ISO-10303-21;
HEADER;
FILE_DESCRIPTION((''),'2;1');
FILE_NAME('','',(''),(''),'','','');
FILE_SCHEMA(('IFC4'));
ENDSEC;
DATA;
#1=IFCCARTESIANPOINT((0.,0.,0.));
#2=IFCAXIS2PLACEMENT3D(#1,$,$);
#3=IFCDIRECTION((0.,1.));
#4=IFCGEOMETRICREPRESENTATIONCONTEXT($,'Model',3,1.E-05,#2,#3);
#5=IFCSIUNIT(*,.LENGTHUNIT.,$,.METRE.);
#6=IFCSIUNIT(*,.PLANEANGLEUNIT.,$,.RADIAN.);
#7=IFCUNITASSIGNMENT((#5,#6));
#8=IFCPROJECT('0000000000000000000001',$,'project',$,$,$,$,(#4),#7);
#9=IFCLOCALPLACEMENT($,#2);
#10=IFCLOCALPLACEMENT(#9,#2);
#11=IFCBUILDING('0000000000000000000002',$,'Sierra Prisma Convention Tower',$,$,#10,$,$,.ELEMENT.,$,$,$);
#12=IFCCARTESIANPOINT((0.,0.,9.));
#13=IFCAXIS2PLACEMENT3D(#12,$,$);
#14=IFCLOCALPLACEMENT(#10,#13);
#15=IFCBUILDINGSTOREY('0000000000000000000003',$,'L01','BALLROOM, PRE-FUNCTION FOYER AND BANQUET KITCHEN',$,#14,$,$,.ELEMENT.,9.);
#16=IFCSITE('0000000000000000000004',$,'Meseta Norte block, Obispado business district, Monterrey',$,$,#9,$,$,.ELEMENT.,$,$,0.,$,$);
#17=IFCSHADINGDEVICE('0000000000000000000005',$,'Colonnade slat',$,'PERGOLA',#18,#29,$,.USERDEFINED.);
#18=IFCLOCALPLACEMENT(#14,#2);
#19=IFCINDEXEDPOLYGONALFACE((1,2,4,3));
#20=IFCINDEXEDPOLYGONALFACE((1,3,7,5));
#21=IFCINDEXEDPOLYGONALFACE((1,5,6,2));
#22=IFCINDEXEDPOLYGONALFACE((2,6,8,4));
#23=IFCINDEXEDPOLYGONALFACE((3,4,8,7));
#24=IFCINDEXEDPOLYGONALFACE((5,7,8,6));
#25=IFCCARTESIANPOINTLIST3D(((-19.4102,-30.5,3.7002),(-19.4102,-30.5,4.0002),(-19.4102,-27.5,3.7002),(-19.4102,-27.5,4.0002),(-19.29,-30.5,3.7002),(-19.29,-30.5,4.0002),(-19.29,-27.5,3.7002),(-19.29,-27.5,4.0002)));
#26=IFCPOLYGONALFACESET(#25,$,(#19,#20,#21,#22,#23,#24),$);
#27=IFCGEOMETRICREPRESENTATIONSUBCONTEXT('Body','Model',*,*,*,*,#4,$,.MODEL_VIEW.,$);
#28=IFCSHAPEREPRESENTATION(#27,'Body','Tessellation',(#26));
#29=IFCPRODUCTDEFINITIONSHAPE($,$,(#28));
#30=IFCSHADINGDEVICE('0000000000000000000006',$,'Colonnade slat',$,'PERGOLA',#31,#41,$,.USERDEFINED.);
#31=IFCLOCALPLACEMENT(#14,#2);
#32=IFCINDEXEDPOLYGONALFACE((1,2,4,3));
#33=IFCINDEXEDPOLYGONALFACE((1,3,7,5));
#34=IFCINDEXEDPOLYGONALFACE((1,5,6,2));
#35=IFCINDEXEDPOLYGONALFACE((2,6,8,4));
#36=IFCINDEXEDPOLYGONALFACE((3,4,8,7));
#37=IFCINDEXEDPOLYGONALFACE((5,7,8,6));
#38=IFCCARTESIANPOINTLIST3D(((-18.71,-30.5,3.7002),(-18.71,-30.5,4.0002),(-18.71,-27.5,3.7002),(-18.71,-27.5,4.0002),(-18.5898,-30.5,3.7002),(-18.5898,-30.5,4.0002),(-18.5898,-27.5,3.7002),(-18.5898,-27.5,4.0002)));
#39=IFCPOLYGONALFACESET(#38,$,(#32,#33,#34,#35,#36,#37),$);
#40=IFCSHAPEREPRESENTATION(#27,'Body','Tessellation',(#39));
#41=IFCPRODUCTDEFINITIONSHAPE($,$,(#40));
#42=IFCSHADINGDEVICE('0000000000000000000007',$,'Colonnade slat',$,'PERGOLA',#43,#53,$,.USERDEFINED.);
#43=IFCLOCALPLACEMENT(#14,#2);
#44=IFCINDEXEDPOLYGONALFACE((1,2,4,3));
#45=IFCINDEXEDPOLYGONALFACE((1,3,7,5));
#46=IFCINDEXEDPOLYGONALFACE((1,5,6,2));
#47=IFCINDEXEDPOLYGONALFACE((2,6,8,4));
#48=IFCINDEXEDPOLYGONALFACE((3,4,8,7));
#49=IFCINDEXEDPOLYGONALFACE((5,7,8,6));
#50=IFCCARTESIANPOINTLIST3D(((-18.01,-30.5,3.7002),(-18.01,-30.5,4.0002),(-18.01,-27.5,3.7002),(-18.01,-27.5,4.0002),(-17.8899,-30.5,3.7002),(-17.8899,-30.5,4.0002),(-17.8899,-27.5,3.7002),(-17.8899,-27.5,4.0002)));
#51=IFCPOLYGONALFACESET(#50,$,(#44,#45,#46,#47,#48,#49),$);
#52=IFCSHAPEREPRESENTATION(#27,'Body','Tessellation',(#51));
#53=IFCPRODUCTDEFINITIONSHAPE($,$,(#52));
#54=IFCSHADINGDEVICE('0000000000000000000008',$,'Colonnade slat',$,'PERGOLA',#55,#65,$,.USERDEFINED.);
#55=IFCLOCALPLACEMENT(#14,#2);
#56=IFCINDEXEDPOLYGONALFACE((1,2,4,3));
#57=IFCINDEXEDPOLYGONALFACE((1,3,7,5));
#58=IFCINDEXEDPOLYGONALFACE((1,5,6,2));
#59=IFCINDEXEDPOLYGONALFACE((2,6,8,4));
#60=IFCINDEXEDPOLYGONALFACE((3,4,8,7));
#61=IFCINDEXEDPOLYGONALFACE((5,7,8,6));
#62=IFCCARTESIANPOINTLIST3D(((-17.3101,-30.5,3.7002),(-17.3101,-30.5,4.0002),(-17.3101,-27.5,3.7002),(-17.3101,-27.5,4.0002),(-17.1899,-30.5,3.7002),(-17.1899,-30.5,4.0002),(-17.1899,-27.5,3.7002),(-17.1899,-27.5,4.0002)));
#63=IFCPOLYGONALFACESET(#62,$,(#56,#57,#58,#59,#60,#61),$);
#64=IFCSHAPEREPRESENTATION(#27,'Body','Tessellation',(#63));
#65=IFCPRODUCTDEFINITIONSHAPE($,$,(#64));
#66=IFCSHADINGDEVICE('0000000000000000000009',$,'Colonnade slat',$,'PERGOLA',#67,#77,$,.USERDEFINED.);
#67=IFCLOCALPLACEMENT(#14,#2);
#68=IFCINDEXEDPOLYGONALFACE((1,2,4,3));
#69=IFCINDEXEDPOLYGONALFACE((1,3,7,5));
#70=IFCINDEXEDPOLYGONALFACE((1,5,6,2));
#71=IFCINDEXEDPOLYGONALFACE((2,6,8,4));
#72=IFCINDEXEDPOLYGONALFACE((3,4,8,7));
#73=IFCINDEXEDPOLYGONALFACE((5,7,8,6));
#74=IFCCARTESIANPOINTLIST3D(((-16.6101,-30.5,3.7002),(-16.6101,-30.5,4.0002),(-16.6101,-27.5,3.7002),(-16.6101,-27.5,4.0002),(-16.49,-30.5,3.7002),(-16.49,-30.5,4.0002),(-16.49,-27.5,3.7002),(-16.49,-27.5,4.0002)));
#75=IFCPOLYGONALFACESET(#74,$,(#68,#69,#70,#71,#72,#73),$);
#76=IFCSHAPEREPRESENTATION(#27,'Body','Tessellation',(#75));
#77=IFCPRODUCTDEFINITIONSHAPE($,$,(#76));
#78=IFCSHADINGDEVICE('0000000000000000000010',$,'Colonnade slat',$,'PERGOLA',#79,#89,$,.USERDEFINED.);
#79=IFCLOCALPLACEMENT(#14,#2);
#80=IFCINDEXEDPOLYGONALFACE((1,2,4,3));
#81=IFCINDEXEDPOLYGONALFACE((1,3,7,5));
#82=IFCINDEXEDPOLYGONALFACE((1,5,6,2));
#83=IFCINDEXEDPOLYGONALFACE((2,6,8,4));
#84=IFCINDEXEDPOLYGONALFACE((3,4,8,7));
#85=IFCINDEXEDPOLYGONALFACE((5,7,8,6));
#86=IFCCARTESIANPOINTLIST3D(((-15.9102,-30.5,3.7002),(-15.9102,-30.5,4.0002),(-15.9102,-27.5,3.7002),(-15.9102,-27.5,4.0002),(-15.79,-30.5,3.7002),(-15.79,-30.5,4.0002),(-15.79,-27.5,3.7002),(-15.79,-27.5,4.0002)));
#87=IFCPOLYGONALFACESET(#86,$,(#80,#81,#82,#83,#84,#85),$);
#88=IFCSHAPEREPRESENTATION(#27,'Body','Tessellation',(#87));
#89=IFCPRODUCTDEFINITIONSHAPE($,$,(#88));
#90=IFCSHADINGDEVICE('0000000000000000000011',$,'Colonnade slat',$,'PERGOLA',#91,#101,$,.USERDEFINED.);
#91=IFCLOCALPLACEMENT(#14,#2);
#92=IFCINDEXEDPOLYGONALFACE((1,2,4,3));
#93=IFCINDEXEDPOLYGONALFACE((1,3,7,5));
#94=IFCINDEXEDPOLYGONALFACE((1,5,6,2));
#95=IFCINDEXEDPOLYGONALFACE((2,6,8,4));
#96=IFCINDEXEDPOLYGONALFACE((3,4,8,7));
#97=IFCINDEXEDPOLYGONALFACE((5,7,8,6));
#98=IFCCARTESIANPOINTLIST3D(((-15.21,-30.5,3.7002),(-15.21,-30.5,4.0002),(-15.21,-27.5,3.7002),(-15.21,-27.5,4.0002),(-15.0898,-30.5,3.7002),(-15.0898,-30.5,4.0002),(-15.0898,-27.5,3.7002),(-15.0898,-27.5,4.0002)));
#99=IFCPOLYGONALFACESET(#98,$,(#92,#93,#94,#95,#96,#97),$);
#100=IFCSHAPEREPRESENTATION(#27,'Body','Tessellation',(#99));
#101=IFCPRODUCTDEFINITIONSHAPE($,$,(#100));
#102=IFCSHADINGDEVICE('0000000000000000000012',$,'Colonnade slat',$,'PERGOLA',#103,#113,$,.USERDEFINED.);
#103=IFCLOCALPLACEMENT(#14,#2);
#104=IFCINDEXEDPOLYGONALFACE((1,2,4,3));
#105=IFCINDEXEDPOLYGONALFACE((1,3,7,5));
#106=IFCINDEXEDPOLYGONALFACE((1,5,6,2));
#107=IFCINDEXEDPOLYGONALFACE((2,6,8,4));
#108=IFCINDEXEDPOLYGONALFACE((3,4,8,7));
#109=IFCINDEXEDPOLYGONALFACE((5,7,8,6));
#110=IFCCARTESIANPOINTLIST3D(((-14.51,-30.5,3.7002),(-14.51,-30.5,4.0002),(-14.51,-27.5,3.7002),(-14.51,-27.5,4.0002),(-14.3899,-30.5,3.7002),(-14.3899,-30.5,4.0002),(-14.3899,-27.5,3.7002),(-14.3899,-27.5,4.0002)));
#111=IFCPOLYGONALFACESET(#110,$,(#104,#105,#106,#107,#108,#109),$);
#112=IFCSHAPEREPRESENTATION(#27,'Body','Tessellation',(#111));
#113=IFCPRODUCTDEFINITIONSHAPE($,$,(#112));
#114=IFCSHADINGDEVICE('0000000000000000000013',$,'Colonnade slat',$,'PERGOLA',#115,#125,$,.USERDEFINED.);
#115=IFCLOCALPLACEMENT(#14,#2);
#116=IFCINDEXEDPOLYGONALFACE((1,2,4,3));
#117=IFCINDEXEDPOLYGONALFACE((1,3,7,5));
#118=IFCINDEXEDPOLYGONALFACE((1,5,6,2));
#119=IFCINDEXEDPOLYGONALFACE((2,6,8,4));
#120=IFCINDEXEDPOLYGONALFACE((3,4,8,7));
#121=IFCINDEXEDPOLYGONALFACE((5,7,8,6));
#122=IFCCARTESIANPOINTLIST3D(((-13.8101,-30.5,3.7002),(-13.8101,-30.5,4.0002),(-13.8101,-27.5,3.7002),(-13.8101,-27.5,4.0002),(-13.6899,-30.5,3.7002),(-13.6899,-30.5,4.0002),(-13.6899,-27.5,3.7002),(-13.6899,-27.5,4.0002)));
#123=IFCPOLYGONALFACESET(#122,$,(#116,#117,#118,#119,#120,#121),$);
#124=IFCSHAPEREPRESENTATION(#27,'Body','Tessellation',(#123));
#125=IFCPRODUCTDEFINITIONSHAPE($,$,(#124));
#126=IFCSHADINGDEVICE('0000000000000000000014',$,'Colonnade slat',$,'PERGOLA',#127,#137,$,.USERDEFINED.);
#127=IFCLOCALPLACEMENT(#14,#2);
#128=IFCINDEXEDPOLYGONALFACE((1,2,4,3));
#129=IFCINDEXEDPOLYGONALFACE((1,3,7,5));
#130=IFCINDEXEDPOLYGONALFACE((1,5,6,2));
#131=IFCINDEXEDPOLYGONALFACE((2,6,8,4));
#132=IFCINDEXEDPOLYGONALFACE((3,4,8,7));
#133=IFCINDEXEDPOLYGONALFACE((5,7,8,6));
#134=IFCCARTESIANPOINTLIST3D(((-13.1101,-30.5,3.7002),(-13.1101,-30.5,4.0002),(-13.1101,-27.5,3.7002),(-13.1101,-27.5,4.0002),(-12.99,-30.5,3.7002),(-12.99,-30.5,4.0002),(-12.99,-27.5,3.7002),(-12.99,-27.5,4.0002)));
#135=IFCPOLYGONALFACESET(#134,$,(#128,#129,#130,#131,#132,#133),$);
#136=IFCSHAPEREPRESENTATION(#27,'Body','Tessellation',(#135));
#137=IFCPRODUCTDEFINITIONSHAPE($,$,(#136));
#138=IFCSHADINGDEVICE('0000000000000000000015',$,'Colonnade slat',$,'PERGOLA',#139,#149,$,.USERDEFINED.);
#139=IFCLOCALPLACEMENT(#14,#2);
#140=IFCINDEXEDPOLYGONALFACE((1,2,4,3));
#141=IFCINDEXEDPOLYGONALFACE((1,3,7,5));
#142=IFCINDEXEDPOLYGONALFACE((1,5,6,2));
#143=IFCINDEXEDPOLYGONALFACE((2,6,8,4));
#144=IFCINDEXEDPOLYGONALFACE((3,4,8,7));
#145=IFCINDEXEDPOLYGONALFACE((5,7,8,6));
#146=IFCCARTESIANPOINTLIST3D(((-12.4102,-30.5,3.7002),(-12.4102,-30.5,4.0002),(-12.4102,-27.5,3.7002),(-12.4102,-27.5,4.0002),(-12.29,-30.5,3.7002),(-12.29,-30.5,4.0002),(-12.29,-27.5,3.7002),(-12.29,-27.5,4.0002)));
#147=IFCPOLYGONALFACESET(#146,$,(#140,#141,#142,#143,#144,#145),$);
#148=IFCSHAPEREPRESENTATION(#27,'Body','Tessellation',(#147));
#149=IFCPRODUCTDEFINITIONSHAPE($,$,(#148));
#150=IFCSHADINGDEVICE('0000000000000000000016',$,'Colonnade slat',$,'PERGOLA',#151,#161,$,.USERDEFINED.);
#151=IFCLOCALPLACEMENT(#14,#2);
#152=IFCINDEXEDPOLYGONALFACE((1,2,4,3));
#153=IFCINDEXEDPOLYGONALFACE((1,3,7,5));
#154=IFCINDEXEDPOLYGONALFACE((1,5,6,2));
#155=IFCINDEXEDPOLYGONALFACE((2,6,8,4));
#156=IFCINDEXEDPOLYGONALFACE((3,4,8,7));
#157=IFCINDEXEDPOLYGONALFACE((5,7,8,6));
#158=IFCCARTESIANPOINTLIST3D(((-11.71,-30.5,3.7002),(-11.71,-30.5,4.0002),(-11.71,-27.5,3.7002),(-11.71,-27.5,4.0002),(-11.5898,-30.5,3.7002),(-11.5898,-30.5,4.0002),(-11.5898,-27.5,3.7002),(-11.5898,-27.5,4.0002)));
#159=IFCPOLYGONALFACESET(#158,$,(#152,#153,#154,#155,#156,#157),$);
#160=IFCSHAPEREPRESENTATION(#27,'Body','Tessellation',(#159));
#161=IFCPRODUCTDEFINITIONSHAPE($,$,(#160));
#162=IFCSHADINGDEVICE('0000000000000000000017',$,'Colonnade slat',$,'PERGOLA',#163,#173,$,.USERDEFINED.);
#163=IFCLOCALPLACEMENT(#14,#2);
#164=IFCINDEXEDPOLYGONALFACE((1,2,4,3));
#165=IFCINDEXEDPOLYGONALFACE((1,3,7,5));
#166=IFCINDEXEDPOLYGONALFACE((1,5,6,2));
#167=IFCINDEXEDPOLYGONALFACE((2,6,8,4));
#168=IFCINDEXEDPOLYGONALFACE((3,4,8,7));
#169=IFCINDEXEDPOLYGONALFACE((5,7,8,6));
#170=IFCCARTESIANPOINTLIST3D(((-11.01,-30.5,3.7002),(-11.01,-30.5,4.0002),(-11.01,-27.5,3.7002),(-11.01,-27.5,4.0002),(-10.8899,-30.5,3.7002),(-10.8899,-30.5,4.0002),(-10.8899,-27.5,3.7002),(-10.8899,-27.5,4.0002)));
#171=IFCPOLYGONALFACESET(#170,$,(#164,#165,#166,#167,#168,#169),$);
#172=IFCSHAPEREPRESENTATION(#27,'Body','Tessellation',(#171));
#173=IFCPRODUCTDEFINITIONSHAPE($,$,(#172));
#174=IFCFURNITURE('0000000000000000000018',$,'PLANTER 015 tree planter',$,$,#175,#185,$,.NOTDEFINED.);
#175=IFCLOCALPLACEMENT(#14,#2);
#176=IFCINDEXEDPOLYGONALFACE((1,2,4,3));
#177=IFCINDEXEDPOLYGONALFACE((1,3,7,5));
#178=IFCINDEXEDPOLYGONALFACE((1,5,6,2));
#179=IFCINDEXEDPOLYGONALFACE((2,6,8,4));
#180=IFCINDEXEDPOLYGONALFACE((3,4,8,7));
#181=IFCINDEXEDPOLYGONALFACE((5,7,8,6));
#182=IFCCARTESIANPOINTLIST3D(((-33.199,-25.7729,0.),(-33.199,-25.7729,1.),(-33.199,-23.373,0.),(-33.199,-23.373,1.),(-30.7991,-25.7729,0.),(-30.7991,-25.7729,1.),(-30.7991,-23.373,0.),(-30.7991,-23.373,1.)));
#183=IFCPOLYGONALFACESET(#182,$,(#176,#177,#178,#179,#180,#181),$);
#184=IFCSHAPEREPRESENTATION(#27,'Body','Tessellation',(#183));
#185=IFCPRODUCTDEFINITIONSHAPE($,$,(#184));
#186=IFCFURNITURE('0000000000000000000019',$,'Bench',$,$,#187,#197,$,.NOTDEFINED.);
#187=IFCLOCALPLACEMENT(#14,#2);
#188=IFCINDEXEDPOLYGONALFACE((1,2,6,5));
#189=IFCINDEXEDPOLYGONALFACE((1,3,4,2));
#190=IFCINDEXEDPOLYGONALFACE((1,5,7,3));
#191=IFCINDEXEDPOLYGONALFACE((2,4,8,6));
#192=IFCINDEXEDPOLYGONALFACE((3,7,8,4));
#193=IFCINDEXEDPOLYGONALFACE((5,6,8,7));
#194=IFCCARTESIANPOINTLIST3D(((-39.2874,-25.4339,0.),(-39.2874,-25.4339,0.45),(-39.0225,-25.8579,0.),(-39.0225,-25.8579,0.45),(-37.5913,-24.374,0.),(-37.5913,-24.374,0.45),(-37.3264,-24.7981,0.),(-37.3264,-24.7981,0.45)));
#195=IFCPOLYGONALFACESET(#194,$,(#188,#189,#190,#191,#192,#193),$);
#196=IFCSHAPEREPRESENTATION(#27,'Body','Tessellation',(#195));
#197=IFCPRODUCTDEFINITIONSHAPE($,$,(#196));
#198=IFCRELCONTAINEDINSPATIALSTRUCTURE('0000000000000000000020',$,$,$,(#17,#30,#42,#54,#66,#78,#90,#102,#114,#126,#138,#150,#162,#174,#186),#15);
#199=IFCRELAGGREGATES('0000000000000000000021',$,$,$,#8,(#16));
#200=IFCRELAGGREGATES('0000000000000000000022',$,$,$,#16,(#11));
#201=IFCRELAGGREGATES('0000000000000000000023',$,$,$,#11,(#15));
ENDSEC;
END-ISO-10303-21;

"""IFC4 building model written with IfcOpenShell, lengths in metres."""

from ifc_helpers import new_model, si_unit, direction, frame, origin, origin_2d, place, context, subcontext, project, spatial, rectangle, extrude, element, save


model = new_model("IFC4")

# Units and contexts
model_context = context("Model", 3, precision=1e-05, world=origin(), true_north=direction((0.0, 1.0)))
body_context = subcontext(model_context, "Body", "Model", "MODEL_VIEW")
ifc_project = project(units=[si_unit("LENGTHUNIT", "METRE"), si_unit("PLANEANGLEUNIT", "RADIAN")], contexts=[model_context])

# Site, building, storey
site_placement = place(None, origin())
site = spatial("IfcSite", under=ifc_project, at=site_placement, Name="Meseta Norte block, Obispado business district, Monterrey", CompositionType="ELEMENT", RefElevation=0.0)
building_placement = place(site_placement, origin())
building = spatial("IfcBuilding", under=site, at=building_placement, Name="Sierra Prisma Convention Tower", CompositionType="ELEMENT")
storey_placement = place(building_placement, frame((0.0, 0.0, 9.0)))
storey = spatial("IfcBuildingStorey", under=building, at=storey_placement, Name="L01", Description="BALLROOM, PRE-FUNCTION FOYER AND BANQUET KITCHEN", CompositionType="ELEMENT", Elevation=9.0)

# Shading devices
for number, where, z_axis, x_axis, name in (
    (1, (-19.3501, -29.0, 3.7002), (0.0, 0.0, 1.0), (1.0, 0.0, 0.0), "Colonnade slat"),
    (2, (-18.6499, -29.0, 3.7002), (0.0, 0.0, 1.0), (1.0, 0.0, 0.0), "Colonnade slat"),
    (3, (-17.95, -29.0, 3.7002), (0.0, 0.0, 1.0), (1.0, 0.0, 0.0), "Colonnade slat"),
    (4, (-17.25, -29.0, 3.7002), (0.0, 0.0, 1.0), (1.0, 0.0, 0.0), "Colonnade slat"),
    (5, (-16.55, -29.0, 3.7002), (0.0, 0.0, 1.0), (1.0, 0.0, 0.0), "Colonnade slat"),
    (6, (-15.8501, -29.0, 3.7002), (0.0, 0.0, 1.0), (1.0, 0.0, 0.0), "Colonnade slat"),
    (7, (-15.1499, -29.0, 3.7002), (0.0, 0.0, 1.0), (1.0, 0.0, 0.0), "Colonnade slat"),
    (8, (-14.45, -29.0, 3.7002), (0.0, 0.0, 1.0), (1.0, 0.0, 0.0), "Colonnade slat"),
    (9, (-13.75, -29.0, 3.7002), (0.0, 0.0, 1.0), (1.0, 0.0, 0.0), "Colonnade slat"),
    (10, (-13.05, -29.0, 3.7002), (0.0, 0.0, 1.0), (1.0, 0.0, 0.0), "Colonnade slat"),
    (11, (-12.3501, -29.0, 3.7002), (0.0, 0.0, 1.0), (1.0, 0.0, 0.0), "Colonnade slat"),
    (12, (-11.6499, -29.0, 3.7002), (0.0, 0.0, 1.0), (1.0, 0.0, 0.0), "Colonnade slat"),
    (13, (-10.95, -29.0, 3.7002), (0.0, 0.0, 1.0), (1.0, 0.0, 0.0), "Colonnade slat"),
):
    element("IfcShadingDevice", number, at=place(storey_placement, frame(where, z_axis=z_axis, x_axis=x_axis)), inside=storey, Name=name, ObjectType="PERGOLA", PredefinedType="USERDEFINED", context=body_context, shape_type="SweptSolid", body=[
        extrude(rectangle(XDim=0.1201, YDim=3.0, at=origin_2d()), origin(), (0.0, 0.0, 1.0), 0.3),
    ])

# Furniture
furniture_1_placement = place(storey_placement, frame((-31.999, -24.573, 0.0), z_axis=(0.0, 0.0, 1.0), x_axis=(1.0, 0.0, 0.0)))
element("IfcFurniture", 14, at=furniture_1_placement, inside=storey, Name="PLANTER 015 tree planter", PredefinedType="NOTDEFINED", context=body_context, shape_type="SweptSolid", body=[
    extrude(rectangle(XDim=2.3999, YDim=2.3999, at=origin_2d()), origin(), (0.0, 0.0, 1.0), 1.0),
])
furniture_2_placement = place(storey_placement, frame((-38.3069, -25.116, 0.0), z_axis=(0.0, 0.0, 1.0), x_axis=(-0.848048, -0.529919, 0.0)))
element("IfcFurniture", 15, at=furniture_2_placement, inside=storey, Name="Bench", PredefinedType="NOTDEFINED", context=body_context, shape_type="SweptSolid", body=[
    extrude(rectangle(XDim=2.0, YDim=0.5, at=origin_2d()), origin(), (0.0, 0.0, 1.0), 0.45),
])

save(model, "model.ifc")
